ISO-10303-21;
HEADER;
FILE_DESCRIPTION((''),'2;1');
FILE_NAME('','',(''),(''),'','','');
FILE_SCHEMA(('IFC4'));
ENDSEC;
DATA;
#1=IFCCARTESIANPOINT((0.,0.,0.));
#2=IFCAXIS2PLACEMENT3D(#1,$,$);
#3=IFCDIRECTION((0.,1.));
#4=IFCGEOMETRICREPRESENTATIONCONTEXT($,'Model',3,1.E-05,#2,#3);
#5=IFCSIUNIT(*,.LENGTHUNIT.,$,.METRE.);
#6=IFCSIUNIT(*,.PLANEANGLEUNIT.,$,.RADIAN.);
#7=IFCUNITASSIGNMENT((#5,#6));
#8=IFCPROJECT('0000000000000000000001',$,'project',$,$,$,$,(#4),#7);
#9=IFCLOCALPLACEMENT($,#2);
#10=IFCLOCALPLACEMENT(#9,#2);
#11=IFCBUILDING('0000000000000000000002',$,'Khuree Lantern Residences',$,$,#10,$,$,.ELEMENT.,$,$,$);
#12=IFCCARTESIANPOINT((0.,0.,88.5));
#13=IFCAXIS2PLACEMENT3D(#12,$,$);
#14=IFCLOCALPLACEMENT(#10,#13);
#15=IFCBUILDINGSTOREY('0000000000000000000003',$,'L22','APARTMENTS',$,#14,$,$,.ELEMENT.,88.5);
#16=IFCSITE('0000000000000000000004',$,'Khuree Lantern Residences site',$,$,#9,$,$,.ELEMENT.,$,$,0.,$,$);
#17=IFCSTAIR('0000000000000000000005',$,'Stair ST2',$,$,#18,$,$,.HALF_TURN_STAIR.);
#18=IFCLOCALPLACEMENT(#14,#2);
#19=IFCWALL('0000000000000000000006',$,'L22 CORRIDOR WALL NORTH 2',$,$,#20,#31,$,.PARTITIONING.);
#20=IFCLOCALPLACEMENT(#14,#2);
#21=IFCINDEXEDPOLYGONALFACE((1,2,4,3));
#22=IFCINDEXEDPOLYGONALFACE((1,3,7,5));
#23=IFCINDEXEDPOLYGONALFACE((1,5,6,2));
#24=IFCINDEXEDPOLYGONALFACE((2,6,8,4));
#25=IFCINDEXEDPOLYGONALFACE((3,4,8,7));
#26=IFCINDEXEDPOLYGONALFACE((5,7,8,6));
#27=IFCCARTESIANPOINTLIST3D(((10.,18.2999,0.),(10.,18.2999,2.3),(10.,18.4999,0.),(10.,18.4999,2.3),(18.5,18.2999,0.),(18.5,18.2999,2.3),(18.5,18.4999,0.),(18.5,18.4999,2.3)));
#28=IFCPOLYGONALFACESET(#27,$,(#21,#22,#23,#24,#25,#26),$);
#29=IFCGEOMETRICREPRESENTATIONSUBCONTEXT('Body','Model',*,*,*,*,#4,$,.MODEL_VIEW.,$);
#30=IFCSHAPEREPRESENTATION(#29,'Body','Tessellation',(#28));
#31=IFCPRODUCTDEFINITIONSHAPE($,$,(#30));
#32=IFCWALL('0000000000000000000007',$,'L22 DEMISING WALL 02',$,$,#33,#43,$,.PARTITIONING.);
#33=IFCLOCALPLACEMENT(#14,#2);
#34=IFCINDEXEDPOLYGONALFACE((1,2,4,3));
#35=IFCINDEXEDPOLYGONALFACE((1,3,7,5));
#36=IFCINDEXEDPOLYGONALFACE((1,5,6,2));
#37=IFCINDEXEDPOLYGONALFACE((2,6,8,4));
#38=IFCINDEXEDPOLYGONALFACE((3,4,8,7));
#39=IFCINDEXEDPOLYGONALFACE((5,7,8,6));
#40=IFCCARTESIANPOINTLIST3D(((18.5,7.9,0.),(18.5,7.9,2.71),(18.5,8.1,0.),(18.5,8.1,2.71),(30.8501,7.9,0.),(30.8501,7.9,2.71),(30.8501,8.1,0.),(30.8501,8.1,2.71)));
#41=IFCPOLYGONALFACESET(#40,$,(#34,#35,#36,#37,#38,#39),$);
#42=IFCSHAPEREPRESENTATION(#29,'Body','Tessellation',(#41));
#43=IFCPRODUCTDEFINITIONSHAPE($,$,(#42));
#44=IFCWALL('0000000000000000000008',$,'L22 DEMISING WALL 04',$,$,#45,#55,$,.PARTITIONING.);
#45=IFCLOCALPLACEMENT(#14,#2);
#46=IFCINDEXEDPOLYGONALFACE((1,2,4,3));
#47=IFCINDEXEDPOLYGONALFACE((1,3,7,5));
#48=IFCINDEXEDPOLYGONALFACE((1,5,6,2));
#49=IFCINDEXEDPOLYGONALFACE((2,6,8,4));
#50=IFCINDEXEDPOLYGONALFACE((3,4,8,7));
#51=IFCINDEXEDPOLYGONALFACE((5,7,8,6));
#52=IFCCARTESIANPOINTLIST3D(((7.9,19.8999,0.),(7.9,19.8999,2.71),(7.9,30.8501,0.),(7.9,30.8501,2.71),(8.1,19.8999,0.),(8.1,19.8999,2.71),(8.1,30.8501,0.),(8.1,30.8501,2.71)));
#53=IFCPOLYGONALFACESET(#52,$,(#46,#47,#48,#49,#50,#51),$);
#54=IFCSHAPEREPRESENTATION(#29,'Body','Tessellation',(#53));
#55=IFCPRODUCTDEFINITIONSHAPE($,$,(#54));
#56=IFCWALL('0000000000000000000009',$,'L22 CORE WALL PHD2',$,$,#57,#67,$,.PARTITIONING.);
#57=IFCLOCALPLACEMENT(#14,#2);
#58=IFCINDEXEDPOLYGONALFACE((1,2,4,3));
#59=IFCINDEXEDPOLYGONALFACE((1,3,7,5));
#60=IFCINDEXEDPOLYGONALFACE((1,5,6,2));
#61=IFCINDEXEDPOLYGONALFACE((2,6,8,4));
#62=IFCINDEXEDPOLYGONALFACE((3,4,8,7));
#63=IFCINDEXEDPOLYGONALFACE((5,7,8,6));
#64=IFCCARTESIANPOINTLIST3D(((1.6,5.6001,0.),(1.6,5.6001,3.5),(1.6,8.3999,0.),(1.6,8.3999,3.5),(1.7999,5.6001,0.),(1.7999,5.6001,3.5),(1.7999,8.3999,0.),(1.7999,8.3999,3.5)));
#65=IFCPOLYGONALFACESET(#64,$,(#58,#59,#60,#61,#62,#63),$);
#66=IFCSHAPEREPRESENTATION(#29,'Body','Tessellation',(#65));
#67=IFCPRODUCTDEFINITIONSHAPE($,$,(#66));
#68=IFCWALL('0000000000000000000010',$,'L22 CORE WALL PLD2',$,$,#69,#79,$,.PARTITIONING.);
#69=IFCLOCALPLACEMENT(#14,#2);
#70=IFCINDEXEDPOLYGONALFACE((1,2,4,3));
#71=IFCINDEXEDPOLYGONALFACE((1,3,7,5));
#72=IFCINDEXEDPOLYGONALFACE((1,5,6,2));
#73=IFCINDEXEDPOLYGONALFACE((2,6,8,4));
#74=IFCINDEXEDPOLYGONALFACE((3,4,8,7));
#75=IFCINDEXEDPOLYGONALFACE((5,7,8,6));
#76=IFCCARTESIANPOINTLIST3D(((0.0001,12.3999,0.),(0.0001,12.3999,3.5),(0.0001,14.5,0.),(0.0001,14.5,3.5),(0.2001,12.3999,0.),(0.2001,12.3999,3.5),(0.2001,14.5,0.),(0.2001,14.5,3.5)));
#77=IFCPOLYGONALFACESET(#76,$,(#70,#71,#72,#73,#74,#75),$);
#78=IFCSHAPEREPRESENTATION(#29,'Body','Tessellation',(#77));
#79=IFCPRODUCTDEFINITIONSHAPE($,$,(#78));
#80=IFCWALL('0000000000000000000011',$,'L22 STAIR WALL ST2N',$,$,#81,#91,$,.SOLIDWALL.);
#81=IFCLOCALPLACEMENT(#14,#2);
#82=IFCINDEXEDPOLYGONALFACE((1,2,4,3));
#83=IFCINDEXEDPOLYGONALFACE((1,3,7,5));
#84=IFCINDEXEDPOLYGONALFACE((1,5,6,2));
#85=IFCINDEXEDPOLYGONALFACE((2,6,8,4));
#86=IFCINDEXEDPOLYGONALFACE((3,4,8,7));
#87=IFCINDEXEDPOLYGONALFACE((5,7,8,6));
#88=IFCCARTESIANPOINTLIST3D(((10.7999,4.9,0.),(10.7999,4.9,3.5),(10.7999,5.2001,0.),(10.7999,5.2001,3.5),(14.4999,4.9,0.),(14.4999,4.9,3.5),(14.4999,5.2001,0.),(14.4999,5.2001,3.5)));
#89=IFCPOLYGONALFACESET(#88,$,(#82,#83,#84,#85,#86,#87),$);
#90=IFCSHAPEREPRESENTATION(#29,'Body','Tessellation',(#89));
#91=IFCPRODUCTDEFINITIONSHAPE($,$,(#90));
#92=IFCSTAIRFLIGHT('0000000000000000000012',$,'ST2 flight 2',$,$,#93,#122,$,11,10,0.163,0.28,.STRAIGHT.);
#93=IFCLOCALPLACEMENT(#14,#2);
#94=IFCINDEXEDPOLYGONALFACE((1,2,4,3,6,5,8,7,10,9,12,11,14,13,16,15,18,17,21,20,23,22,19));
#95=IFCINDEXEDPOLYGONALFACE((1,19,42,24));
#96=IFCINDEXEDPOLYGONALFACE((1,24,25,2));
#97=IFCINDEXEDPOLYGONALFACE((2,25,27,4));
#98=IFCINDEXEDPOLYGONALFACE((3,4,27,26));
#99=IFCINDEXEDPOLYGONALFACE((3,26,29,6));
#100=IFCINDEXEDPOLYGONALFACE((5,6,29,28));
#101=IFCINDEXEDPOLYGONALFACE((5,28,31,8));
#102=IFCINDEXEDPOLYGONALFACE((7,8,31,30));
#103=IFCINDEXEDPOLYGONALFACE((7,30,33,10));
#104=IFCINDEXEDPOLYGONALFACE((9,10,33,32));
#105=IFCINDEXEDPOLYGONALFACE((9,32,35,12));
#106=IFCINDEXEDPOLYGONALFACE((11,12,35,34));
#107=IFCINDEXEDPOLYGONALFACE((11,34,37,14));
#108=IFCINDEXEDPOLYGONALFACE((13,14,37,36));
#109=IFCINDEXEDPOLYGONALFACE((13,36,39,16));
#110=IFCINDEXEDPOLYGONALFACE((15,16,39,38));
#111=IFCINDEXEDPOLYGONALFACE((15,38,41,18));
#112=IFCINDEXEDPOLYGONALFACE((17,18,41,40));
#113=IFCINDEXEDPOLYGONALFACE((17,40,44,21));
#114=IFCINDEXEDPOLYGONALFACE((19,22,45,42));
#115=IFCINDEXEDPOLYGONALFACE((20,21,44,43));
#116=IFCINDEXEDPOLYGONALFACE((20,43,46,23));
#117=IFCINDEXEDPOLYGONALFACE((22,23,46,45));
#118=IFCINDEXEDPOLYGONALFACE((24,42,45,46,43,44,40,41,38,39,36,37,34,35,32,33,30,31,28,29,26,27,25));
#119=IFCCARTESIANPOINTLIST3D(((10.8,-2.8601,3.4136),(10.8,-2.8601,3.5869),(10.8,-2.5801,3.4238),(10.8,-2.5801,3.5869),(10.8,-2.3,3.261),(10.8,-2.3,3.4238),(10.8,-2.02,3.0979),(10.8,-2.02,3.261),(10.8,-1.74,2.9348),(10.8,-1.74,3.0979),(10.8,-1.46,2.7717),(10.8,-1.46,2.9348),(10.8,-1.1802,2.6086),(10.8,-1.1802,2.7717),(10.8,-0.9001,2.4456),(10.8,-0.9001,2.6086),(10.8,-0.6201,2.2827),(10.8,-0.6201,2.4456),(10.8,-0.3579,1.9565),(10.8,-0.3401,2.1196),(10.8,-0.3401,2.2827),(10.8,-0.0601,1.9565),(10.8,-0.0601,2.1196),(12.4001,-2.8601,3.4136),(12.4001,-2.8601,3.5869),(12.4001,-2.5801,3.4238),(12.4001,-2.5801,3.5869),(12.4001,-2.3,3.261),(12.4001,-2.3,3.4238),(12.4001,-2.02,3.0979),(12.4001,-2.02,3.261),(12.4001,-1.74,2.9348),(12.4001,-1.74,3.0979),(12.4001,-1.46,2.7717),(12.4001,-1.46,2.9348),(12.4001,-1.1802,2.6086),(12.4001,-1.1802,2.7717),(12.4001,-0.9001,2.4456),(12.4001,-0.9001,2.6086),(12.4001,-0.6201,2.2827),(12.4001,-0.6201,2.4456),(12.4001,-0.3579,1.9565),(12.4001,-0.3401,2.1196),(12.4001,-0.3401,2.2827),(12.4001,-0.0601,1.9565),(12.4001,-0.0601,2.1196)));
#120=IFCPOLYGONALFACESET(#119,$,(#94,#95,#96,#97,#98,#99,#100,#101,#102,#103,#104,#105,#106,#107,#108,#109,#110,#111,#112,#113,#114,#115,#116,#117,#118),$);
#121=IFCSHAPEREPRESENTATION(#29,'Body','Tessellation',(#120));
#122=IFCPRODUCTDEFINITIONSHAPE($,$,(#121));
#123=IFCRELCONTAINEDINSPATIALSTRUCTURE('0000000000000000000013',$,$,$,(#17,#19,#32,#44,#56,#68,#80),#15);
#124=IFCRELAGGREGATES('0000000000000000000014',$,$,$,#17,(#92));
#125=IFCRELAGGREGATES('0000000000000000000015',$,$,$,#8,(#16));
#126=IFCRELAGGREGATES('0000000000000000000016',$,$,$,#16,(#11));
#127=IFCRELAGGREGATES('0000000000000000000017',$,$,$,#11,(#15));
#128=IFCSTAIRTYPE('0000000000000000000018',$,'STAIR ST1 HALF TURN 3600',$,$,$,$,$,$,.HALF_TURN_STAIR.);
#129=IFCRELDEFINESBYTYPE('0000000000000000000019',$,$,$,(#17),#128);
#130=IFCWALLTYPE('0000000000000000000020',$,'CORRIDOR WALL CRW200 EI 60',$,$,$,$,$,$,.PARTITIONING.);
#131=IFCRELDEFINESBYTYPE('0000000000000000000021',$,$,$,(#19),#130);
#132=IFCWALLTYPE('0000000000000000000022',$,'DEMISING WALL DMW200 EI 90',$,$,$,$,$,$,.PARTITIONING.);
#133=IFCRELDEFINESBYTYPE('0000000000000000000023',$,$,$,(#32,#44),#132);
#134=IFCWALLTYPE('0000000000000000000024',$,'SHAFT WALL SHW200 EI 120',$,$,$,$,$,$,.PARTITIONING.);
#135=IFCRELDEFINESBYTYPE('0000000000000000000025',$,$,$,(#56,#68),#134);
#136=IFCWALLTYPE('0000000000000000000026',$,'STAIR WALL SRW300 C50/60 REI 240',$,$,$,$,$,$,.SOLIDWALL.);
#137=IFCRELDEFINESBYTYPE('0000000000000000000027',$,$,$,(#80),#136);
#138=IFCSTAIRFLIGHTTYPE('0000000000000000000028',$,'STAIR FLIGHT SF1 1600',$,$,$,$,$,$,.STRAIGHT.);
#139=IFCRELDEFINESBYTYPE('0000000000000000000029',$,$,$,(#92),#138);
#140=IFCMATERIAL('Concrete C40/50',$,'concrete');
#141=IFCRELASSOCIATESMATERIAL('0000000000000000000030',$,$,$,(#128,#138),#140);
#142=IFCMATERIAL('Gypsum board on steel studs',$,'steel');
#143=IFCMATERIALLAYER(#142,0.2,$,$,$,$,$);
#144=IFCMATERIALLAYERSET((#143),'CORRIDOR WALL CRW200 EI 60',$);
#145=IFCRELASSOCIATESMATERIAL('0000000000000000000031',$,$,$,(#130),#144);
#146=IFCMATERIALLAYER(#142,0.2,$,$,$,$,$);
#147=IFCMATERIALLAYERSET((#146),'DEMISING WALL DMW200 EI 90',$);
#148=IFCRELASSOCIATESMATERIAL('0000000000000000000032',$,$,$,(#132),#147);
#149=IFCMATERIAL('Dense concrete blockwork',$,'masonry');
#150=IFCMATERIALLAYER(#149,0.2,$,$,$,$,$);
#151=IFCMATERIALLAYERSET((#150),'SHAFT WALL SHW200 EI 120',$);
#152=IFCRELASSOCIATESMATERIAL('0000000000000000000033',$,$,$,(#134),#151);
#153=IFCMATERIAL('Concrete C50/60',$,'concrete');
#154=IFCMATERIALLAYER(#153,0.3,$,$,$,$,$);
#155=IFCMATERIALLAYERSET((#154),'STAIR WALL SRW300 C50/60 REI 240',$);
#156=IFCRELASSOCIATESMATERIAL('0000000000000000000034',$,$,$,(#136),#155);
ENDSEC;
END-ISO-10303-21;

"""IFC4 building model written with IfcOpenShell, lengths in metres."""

from ifc_helpers import new_model, si_unit, direction, frame, frame_2d, origin, place, context, subcontext, project, spatial, polyline, rectangle, outline, extrude, material, layer, layer_set, type_object, element, aggregate, save


model = new_model("IFC4")

# Units and contexts
model_context = context("Model", 3, precision=1e-05, world=origin(), true_north=direction((0.0, 1.0)))
body_context = subcontext(model_context, "Body", "Model", "MODEL_VIEW")
ifc_project = project(units=[si_unit("LENGTHUNIT", "METRE"), si_unit("PLANEANGLEUNIT", "RADIAN")], contexts=[model_context])

# Site, building, storey
site_placement = place(None, origin())
site = spatial("IfcSite", under=ifc_project, at=site_placement, Name="Khuree Lantern Residences site", CompositionType="ELEMENT", RefElevation=0.0)
building_placement = place(site_placement, origin())
building = spatial("IfcBuilding", under=site, at=building_placement, Name="Khuree Lantern Residences", CompositionType="ELEMENT")
storey_placement = place(building_placement, frame((0.0, 0.0, 88.5)))
storey = spatial("IfcBuildingStorey", under=building, at=storey_placement, Name="L22", Description="APARTMENTS", CompositionType="ELEMENT", Elevation=88.5)

# Stair
ifc_material_1 = material(Name="Concrete C40/50", Category="concrete")
stair_type = type_object("IfcStairType", Name="STAIR ST1 HALF TURN 3600", PredefinedType="HALF_TURN_STAIR", material=ifc_material_1)
stair_1_placement = place(storey_placement, origin())
stair_1 = element("IfcStair", 1, at=stair_1_placement, inside=storey, type_object=stair_type, Name="Stair ST2", PredefinedType="HALF_TURN_STAIR")

# Shared definitions
ifc_material_2 = material(Name="Dense concrete blockwork", Category="masonry")
ifc_material_3 = material(Name="Gypsum board on steel studs", Category="steel")
ifc_layer_1 = layer(ifc_material_3, 0.2)
ifc_layer_set_1 = layer_set([ifc_layer_1], Name="CORRIDOR WALL CRW200 EI 60")
wall_type_1 = type_object("IfcWallType", Name="CORRIDOR WALL CRW200 EI 60", PredefinedType="PARTITIONING", material=ifc_layer_set_1)

# Walls
wall_1_placement = place(storey_placement, frame((10.0, 18.3999, 0.0), z_axis=(0.0, 0.0, 1.0), x_axis=(1.0, 0.0, 0.0)))
element("IfcWall", 2, at=wall_1_placement, inside=storey, type_object=wall_type_1, Name="L22 CORRIDOR WALL NORTH 2", PredefinedType="PARTITIONING", context=body_context, shape_type="SweptSolid", body=[
    extrude(rectangle(XDim=8.5, YDim=0.2, at=frame_2d((4.25, 0.0))), origin(), (0.0, 0.0, 1.0), 2.3),
])
ifc_layer_2 = layer(ifc_material_3, 0.2)
ifc_layer_set_2 = layer_set([ifc_layer_2], Name="DEMISING WALL DMW200 EI 90")
wall_type_2 = type_object("IfcWallType", Name="DEMISING WALL DMW200 EI 90", PredefinedType="PARTITIONING", material=ifc_layer_set_2)
wall_2_placement = place(storey_placement, frame((18.5, 8.0, 0.0), z_axis=(0.0, 0.0, 1.0), x_axis=(1.0, 0.0, 0.0)))
element("IfcWall", 3, at=wall_2_placement, inside=storey, type_object=wall_type_2, Name="L22 DEMISING WALL 02", PredefinedType="PARTITIONING", context=body_context, shape_type="SweptSolid", body=[
    extrude(rectangle(XDim=12.3501, YDim=0.2, at=frame_2d((6.175, 0.0))), origin(), (0.0, 0.0, 1.0), 2.71),
])
wall_3_placement = place(storey_placement, frame((8.0, 19.8999, 0.0), z_axis=(0.0, 0.0, 1.0), x_axis=(0.0, 1.0, 0.0)))
element("IfcWall", 4, at=wall_3_placement, inside=storey, type_object=wall_type_2, Name="L22 DEMISING WALL 04", PredefinedType="PARTITIONING", context=body_context, shape_type="SweptSolid", body=[
    extrude(rectangle(XDim=10.9502, YDim=0.2, at=frame_2d((5.4751, 0.0))), origin(), (0.0, 0.0, 1.0), 2.71),
])
ifc_layer_3 = layer(ifc_material_2, 0.2)
ifc_layer_set_3 = layer_set([ifc_layer_3], Name="SHAFT WALL SHW200 EI 120")
wall_type_3 = type_object("IfcWallType", Name="SHAFT WALL SHW200 EI 120", PredefinedType="PARTITIONING", material=ifc_layer_set_3)
wall_4_placement = place(storey_placement, frame((1.7, 5.6001, 0.0), z_axis=(0.0, 0.0, 1.0), x_axis=(0.0, 1.0, 0.0)))
element("IfcWall", 5, at=wall_4_placement, inside=storey, type_object=wall_type_3, Name="L22 CORE WALL PHD2", PredefinedType="PARTITIONING", context=body_context, shape_type="SweptSolid", body=[
    extrude(rectangle(XDim=2.7998, YDim=0.2, at=frame_2d((1.3999, 0.0))), origin(), (0.0, 0.0, 1.0), 3.5),
])
wall_5_placement = place(storey_placement, frame((0.1001, 12.3999, 0.0), z_axis=(0.0, 0.0, 1.0), x_axis=(0.0, 1.0, 0.0)))
element("IfcWall", 6, at=wall_5_placement, inside=storey, type_object=wall_type_3, Name="L22 CORE WALL PLD2", PredefinedType="PARTITIONING", context=body_context, shape_type="SweptSolid", body=[
    extrude(rectangle(XDim=2.1001, YDim=0.2, at=frame_2d((1.05, 0.0))), origin(), (0.0, 0.0, 1.0), 3.5),
])
ifc_material_4 = material(Name="Concrete C50/60", Category="concrete")
ifc_layer_4 = layer(ifc_material_4, 0.3)
ifc_layer_set_4 = layer_set([ifc_layer_4], Name="STAIR WALL SRW300 C50/60 REI 240")
wall_type_4 = type_object("IfcWallType", Name="STAIR WALL SRW300 C50/60 REI 240", PredefinedType="SOLIDWALL", material=ifc_layer_set_4)
wall_6_placement = place(storey_placement, frame((14.5, 5.05, 0.0), z_axis=(0.0, 0.0, 1.0), x_axis=(-1.0, 0.0, 0.0)))
element("IfcWall", 7, at=wall_6_placement, inside=storey, type_object=wall_type_4, Name="L22 STAIR WALL ST2N", PredefinedType="SOLIDWALL", context=body_context, shape_type="SweptSolid", body=[
    extrude(rectangle(XDim=3.7, YDim=0.3, at=frame_2d((1.8501, 0.0))), origin(), (0.0, 0.0, 1.0), 3.5),
])

# Stair flight
stair_flight_type = type_object("IfcStairFlightType", Name="STAIR FLIGHT SF1 1600", PredefinedType="STRAIGHT", material=ifc_material_1)
stair_flight_placement = place(storey_placement, frame((11.6001, -0.0601, 1.9565), z_axis=(0.0, 0.0, 1.0), x_axis=(0.0, -1.0, 0.0)))
stair_flight = element("IfcStairFlight", 8, at=stair_flight_placement, type_object=stair_flight_type, Name="ST2 flight 2", NumberOfRisers=11, NumberOfTreads=10, PredefinedType="STRAIGHT", RiserHeight=0.163, TreadLength=0.28, context=body_context, shape_type="SweptSolid", body=[
    extrude(outline(polyline([(0.0, 0.0), (0.0, 0.1631), (0.28, 0.1631), (0.28, 0.3262), (0.5601, 0.3262), (0.5601, 0.489), (0.8401, 0.489), (0.8401, 0.6521), (1.1201, 0.6521), (1.1201, 0.8152), (1.3999, 0.8152), (1.3999, 0.9783), (1.6799, 0.9783), (1.6799, 1.1414), (1.96, 1.1414), (1.96, 1.3044), (2.24, 1.3044), (2.24, 1.4673), (2.52, 1.4673), (2.52, 1.6304), (2.8, 1.6304), (2.8, 1.7935), (2.8, 1.457), (0.2979, 0.0), (0.0, 0.0)])), frame((0.0, 0.8, 0.0), z_axis=(0.0, -1.0, 0.0), x_axis=(1.0, 0.0, 0.0)), (0.0, 0.0, 1.0), 1.6001),
])
aggregate(stair_1, [stair_flight])

save(model, "model.ifc")
